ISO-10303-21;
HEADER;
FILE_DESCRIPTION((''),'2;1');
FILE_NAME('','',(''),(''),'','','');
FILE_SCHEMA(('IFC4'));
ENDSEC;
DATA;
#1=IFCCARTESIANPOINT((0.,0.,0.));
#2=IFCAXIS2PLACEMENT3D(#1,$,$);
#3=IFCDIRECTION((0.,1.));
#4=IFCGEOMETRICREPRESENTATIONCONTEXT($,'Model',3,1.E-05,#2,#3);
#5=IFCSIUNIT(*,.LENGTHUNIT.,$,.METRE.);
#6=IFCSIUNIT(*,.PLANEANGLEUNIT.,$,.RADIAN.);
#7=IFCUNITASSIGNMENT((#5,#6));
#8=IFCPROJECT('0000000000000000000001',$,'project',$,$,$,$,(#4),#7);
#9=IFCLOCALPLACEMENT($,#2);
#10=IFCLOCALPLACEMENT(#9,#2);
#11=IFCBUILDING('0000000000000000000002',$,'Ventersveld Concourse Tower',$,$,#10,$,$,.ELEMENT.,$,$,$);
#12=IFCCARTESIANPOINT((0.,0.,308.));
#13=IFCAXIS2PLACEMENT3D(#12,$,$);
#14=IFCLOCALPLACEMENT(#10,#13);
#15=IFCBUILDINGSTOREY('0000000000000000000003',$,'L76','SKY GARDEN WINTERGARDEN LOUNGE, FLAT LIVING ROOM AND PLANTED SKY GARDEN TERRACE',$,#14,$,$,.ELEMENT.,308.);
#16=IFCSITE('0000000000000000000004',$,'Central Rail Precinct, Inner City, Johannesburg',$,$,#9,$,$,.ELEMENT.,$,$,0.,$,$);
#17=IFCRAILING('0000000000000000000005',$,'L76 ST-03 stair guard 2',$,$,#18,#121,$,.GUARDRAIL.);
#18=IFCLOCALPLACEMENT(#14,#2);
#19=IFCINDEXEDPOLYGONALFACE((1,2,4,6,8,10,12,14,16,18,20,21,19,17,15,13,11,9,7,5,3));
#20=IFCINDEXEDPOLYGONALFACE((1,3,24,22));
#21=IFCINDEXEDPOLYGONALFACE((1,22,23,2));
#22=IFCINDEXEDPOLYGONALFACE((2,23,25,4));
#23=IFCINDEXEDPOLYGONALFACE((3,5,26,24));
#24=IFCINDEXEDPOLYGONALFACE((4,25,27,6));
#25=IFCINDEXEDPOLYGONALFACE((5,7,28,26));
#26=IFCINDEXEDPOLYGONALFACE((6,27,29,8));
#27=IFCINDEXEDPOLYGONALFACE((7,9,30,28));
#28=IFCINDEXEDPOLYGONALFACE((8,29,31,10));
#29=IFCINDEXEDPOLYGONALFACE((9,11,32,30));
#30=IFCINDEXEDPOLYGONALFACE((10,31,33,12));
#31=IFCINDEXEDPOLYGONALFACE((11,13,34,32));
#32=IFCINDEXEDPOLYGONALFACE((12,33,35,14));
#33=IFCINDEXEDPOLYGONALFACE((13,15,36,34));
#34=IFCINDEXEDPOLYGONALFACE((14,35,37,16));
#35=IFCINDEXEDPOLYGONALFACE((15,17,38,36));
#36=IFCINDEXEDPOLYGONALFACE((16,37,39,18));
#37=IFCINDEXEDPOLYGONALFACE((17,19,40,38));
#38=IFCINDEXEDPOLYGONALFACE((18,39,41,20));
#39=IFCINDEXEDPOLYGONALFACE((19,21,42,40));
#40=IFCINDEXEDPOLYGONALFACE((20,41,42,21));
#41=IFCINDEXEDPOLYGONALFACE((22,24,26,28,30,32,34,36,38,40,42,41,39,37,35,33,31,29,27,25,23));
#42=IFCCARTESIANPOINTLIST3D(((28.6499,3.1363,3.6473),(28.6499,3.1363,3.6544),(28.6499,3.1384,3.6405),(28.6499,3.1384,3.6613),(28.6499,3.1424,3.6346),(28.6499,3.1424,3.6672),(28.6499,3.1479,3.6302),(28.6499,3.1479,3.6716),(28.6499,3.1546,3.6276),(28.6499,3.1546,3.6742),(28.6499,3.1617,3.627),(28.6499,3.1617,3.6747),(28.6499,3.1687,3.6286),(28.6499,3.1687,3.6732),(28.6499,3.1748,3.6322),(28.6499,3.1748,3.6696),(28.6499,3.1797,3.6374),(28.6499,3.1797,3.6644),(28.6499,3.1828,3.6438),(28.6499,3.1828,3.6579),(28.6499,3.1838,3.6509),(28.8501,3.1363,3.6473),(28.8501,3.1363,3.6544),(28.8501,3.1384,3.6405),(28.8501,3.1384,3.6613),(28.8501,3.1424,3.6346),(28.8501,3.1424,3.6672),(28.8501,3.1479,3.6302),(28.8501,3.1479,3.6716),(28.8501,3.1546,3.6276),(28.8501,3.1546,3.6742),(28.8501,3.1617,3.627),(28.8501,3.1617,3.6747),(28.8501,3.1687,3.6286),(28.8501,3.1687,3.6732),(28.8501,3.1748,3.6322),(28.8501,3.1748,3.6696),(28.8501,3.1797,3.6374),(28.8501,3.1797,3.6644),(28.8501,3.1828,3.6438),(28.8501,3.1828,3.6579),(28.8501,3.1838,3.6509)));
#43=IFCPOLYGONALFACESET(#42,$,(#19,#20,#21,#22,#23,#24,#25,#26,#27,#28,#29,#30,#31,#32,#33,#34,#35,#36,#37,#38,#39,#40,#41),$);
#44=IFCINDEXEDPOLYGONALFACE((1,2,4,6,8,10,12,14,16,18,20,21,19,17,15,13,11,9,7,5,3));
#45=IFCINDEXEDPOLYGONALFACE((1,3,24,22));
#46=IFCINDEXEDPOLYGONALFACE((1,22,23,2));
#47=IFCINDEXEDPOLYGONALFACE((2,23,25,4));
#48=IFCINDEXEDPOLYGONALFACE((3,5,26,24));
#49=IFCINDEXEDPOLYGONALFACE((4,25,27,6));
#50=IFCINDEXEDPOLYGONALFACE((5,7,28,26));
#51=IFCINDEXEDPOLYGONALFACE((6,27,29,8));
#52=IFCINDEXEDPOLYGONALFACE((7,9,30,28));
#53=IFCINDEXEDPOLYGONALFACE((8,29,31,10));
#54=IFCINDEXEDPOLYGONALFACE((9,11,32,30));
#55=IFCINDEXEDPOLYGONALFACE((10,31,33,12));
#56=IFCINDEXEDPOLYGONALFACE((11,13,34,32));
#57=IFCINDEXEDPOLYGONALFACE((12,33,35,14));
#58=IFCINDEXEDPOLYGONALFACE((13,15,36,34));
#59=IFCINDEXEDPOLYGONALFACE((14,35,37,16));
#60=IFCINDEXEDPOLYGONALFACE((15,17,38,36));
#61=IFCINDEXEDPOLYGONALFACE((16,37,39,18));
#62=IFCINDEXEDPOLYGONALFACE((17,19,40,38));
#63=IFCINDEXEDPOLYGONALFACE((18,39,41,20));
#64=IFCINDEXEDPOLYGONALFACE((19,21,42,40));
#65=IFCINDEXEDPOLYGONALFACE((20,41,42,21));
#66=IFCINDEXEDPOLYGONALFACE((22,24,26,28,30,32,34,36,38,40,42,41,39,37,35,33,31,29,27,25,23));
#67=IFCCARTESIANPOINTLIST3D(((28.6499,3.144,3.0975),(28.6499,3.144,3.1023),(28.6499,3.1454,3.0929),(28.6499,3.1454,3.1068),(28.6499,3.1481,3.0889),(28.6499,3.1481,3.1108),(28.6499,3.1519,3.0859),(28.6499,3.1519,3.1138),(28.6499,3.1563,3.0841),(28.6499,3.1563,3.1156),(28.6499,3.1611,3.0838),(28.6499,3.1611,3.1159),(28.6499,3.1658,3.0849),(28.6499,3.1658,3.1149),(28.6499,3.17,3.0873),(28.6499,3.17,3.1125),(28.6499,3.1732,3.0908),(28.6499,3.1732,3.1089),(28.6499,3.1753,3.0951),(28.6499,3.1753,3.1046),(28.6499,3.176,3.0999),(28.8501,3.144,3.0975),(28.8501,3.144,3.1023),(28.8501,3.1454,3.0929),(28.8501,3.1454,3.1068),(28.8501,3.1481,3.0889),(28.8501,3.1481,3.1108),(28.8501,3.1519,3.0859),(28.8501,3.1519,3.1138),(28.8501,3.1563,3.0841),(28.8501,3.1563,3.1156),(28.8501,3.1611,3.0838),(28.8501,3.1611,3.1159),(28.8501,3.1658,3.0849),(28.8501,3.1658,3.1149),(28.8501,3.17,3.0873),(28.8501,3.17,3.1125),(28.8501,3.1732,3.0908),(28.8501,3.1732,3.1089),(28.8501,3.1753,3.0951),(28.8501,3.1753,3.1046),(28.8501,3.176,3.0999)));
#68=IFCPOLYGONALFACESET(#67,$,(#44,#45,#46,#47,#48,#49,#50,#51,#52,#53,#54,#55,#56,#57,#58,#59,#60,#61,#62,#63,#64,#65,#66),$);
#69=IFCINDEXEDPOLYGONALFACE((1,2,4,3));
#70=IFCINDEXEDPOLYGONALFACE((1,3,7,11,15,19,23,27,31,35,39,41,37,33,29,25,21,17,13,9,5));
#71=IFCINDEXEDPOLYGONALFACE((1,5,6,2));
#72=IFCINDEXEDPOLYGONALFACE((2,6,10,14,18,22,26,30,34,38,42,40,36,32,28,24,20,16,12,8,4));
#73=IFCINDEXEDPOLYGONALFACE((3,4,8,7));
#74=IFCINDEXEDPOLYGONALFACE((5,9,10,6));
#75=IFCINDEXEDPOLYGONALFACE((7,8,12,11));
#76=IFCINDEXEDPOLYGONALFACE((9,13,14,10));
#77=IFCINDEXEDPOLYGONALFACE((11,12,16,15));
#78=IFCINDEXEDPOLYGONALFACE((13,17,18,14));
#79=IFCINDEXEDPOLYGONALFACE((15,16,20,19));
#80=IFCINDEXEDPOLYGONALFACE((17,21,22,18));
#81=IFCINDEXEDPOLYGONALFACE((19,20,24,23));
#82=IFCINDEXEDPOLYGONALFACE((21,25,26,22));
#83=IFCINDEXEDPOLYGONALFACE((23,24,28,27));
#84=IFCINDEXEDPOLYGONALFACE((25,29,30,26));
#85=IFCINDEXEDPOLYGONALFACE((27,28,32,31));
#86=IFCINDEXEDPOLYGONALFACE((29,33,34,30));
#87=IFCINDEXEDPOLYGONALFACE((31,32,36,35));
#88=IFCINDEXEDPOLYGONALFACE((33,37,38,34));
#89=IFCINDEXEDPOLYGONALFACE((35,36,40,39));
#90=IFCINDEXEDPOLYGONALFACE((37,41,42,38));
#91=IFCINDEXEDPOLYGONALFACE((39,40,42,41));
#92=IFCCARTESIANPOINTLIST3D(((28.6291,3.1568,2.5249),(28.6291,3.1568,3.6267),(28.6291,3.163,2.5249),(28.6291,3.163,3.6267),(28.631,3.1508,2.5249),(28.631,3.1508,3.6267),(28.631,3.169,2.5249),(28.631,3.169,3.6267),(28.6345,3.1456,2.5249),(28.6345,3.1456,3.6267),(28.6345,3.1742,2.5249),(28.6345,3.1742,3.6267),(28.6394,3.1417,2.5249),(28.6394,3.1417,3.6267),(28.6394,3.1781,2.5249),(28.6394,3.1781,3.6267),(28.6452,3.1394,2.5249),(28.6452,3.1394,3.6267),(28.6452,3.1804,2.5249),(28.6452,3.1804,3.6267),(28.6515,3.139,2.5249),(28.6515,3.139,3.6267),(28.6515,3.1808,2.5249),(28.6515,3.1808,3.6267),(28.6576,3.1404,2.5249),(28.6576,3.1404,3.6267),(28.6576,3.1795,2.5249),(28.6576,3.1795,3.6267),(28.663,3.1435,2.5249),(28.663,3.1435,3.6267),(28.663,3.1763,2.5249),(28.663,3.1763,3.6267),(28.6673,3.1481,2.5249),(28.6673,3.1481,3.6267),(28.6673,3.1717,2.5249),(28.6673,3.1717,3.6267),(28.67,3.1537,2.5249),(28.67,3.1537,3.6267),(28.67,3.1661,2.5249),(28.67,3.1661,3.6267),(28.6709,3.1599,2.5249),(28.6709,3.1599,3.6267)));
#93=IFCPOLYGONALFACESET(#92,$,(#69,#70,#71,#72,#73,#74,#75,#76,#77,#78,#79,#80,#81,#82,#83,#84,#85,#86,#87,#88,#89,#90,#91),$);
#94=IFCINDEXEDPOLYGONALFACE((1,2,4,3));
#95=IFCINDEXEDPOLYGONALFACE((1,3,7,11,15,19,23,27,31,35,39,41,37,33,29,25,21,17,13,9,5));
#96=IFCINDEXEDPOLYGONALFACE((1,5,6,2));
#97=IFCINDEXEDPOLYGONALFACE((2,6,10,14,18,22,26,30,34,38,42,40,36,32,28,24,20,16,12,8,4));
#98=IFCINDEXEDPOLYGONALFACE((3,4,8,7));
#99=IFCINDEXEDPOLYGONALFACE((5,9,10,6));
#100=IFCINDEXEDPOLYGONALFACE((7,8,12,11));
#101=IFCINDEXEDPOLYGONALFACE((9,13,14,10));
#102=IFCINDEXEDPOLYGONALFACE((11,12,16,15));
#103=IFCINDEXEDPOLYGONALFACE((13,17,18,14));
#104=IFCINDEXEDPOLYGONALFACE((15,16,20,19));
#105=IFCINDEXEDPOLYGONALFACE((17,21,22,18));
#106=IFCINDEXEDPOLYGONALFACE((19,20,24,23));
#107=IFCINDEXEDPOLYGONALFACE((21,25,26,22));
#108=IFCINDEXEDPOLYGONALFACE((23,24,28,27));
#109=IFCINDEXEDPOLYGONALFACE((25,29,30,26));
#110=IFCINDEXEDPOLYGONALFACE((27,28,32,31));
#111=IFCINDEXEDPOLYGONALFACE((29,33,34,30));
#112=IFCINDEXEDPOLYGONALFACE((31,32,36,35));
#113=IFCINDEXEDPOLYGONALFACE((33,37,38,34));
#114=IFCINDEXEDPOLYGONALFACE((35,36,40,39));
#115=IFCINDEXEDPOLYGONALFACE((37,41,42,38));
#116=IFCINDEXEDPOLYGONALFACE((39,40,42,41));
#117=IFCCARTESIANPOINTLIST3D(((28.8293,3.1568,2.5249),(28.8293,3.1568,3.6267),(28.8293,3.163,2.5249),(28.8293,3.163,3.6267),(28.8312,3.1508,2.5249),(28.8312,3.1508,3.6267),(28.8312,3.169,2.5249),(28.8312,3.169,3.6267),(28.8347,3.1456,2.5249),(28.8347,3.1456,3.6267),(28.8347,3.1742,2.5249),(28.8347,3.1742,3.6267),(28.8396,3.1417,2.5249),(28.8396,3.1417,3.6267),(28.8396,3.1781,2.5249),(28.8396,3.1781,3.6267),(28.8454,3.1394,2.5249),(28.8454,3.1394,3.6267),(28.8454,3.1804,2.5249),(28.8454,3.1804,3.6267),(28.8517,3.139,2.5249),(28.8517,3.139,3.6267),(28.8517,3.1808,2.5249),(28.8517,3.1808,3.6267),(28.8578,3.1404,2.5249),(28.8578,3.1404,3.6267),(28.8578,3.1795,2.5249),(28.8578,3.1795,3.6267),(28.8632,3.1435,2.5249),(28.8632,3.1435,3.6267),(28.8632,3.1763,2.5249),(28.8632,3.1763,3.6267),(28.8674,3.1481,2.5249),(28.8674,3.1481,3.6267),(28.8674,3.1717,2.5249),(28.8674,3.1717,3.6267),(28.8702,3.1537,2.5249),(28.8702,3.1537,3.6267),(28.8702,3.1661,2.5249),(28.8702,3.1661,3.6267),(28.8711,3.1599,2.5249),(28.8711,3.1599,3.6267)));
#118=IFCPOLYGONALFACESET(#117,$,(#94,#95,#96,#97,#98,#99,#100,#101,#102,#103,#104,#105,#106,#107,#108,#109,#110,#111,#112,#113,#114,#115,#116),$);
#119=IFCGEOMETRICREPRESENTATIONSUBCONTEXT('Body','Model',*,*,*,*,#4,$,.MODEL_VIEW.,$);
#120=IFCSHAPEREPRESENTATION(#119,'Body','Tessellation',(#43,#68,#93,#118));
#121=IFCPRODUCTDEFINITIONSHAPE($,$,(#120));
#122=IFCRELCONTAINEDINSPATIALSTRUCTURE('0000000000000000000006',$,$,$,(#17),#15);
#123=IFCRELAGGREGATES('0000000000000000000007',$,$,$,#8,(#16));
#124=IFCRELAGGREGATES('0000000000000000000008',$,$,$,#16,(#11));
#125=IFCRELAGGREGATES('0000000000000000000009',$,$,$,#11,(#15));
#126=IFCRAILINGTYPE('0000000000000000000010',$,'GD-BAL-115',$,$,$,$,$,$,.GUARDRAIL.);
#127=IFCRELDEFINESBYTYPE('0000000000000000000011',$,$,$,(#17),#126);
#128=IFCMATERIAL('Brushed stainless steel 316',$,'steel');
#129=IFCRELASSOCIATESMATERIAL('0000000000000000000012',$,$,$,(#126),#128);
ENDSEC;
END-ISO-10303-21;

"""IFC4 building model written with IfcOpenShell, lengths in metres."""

from ifc_helpers import new_model, si_unit, direction, frame, origin, origin_2d, place, context, subcontext, project, spatial, circle, extrude, material, type_object, element, save


model = new_model("IFC4")

# Units and contexts
model_context = context("Model", 3, precision=1e-05, world=origin(), true_north=direction((0.0, 1.0)))
body_context = subcontext(model_context, "Body", "Model", "MODEL_VIEW")
ifc_project = project(units=[si_unit("LENGTHUNIT", "METRE"), si_unit("PLANEANGLEUNIT", "RADIAN")], contexts=[model_context])

# Site, building, storey
site_placement = place(None, origin())
site = spatial("IfcSite", under=ifc_project, at=site_placement, Name="Central Rail Precinct, Inner City, Johannesburg", CompositionType="ELEMENT", RefElevation=0.0)
building_placement = place(site_placement, origin())
building = spatial("IfcBuilding", under=site, at=building_placement, Name="Ventersveld Concourse Tower", CompositionType="ELEMENT")
storey_placement = place(building_placement, frame((0.0, 0.0, 308.0)))
storey = spatial("IfcBuildingStorey", under=building, at=storey_placement, Name="L76", Description="SKY GARDEN WINTERGARDEN LOUNGE, FLAT LIVING ROOM AND PLANTED SKY GARDEN TERRACE", CompositionType="ELEMENT", Elevation=308.0)

# Shared definitions
ifc_material_1 = material(Name="Brushed stainless steel 316", Category="steel")

# Railing
railing_type_1 = type_object("IfcRailingType", Name="GD-BAL-115", PredefinedType="GUARDRAIL", material=ifc_material_1)
railing_1_placement = place(storey_placement, frame((28.6499, 3.1599, 2.5249)))
element("IfcRailing", 1, at=railing_1_placement, inside=storey, type_object=railing_type_1, Name="L76 ST-03 stair guard 2", PredefinedType="GUARDRAIL", context=body_context, shape_type="SweptSolid", body=[
    extrude(circle(Radius=0.0239, at=origin_2d()), frame((0.0, 0.0, 1.126), z_axis=(1.0, 0.0, 0.0), x_axis=(0.0, 1.0, 0.0)), (0.0, 0.0, 1.0), 0.2002),
    extrude(circle(Radius=0.0161, at=origin_2d()), frame((0.0, 0.0, 0.575), z_axis=(1.0, 0.0, 0.0), x_axis=(0.0, 1.0, 0.0)), (0.0, 0.0, 1.0), 0.2002),
    extrude(circle(Radius=0.021, at=origin_2d()), origin(), (0.0, 0.0, 1.0), 1.1018),
    extrude(circle(Radius=0.021, at=origin_2d()), frame((0.2002, 0.0, 0.0)), (0.0, 0.0, 1.0), 1.1018),
])

save(model, "model.ifc")
